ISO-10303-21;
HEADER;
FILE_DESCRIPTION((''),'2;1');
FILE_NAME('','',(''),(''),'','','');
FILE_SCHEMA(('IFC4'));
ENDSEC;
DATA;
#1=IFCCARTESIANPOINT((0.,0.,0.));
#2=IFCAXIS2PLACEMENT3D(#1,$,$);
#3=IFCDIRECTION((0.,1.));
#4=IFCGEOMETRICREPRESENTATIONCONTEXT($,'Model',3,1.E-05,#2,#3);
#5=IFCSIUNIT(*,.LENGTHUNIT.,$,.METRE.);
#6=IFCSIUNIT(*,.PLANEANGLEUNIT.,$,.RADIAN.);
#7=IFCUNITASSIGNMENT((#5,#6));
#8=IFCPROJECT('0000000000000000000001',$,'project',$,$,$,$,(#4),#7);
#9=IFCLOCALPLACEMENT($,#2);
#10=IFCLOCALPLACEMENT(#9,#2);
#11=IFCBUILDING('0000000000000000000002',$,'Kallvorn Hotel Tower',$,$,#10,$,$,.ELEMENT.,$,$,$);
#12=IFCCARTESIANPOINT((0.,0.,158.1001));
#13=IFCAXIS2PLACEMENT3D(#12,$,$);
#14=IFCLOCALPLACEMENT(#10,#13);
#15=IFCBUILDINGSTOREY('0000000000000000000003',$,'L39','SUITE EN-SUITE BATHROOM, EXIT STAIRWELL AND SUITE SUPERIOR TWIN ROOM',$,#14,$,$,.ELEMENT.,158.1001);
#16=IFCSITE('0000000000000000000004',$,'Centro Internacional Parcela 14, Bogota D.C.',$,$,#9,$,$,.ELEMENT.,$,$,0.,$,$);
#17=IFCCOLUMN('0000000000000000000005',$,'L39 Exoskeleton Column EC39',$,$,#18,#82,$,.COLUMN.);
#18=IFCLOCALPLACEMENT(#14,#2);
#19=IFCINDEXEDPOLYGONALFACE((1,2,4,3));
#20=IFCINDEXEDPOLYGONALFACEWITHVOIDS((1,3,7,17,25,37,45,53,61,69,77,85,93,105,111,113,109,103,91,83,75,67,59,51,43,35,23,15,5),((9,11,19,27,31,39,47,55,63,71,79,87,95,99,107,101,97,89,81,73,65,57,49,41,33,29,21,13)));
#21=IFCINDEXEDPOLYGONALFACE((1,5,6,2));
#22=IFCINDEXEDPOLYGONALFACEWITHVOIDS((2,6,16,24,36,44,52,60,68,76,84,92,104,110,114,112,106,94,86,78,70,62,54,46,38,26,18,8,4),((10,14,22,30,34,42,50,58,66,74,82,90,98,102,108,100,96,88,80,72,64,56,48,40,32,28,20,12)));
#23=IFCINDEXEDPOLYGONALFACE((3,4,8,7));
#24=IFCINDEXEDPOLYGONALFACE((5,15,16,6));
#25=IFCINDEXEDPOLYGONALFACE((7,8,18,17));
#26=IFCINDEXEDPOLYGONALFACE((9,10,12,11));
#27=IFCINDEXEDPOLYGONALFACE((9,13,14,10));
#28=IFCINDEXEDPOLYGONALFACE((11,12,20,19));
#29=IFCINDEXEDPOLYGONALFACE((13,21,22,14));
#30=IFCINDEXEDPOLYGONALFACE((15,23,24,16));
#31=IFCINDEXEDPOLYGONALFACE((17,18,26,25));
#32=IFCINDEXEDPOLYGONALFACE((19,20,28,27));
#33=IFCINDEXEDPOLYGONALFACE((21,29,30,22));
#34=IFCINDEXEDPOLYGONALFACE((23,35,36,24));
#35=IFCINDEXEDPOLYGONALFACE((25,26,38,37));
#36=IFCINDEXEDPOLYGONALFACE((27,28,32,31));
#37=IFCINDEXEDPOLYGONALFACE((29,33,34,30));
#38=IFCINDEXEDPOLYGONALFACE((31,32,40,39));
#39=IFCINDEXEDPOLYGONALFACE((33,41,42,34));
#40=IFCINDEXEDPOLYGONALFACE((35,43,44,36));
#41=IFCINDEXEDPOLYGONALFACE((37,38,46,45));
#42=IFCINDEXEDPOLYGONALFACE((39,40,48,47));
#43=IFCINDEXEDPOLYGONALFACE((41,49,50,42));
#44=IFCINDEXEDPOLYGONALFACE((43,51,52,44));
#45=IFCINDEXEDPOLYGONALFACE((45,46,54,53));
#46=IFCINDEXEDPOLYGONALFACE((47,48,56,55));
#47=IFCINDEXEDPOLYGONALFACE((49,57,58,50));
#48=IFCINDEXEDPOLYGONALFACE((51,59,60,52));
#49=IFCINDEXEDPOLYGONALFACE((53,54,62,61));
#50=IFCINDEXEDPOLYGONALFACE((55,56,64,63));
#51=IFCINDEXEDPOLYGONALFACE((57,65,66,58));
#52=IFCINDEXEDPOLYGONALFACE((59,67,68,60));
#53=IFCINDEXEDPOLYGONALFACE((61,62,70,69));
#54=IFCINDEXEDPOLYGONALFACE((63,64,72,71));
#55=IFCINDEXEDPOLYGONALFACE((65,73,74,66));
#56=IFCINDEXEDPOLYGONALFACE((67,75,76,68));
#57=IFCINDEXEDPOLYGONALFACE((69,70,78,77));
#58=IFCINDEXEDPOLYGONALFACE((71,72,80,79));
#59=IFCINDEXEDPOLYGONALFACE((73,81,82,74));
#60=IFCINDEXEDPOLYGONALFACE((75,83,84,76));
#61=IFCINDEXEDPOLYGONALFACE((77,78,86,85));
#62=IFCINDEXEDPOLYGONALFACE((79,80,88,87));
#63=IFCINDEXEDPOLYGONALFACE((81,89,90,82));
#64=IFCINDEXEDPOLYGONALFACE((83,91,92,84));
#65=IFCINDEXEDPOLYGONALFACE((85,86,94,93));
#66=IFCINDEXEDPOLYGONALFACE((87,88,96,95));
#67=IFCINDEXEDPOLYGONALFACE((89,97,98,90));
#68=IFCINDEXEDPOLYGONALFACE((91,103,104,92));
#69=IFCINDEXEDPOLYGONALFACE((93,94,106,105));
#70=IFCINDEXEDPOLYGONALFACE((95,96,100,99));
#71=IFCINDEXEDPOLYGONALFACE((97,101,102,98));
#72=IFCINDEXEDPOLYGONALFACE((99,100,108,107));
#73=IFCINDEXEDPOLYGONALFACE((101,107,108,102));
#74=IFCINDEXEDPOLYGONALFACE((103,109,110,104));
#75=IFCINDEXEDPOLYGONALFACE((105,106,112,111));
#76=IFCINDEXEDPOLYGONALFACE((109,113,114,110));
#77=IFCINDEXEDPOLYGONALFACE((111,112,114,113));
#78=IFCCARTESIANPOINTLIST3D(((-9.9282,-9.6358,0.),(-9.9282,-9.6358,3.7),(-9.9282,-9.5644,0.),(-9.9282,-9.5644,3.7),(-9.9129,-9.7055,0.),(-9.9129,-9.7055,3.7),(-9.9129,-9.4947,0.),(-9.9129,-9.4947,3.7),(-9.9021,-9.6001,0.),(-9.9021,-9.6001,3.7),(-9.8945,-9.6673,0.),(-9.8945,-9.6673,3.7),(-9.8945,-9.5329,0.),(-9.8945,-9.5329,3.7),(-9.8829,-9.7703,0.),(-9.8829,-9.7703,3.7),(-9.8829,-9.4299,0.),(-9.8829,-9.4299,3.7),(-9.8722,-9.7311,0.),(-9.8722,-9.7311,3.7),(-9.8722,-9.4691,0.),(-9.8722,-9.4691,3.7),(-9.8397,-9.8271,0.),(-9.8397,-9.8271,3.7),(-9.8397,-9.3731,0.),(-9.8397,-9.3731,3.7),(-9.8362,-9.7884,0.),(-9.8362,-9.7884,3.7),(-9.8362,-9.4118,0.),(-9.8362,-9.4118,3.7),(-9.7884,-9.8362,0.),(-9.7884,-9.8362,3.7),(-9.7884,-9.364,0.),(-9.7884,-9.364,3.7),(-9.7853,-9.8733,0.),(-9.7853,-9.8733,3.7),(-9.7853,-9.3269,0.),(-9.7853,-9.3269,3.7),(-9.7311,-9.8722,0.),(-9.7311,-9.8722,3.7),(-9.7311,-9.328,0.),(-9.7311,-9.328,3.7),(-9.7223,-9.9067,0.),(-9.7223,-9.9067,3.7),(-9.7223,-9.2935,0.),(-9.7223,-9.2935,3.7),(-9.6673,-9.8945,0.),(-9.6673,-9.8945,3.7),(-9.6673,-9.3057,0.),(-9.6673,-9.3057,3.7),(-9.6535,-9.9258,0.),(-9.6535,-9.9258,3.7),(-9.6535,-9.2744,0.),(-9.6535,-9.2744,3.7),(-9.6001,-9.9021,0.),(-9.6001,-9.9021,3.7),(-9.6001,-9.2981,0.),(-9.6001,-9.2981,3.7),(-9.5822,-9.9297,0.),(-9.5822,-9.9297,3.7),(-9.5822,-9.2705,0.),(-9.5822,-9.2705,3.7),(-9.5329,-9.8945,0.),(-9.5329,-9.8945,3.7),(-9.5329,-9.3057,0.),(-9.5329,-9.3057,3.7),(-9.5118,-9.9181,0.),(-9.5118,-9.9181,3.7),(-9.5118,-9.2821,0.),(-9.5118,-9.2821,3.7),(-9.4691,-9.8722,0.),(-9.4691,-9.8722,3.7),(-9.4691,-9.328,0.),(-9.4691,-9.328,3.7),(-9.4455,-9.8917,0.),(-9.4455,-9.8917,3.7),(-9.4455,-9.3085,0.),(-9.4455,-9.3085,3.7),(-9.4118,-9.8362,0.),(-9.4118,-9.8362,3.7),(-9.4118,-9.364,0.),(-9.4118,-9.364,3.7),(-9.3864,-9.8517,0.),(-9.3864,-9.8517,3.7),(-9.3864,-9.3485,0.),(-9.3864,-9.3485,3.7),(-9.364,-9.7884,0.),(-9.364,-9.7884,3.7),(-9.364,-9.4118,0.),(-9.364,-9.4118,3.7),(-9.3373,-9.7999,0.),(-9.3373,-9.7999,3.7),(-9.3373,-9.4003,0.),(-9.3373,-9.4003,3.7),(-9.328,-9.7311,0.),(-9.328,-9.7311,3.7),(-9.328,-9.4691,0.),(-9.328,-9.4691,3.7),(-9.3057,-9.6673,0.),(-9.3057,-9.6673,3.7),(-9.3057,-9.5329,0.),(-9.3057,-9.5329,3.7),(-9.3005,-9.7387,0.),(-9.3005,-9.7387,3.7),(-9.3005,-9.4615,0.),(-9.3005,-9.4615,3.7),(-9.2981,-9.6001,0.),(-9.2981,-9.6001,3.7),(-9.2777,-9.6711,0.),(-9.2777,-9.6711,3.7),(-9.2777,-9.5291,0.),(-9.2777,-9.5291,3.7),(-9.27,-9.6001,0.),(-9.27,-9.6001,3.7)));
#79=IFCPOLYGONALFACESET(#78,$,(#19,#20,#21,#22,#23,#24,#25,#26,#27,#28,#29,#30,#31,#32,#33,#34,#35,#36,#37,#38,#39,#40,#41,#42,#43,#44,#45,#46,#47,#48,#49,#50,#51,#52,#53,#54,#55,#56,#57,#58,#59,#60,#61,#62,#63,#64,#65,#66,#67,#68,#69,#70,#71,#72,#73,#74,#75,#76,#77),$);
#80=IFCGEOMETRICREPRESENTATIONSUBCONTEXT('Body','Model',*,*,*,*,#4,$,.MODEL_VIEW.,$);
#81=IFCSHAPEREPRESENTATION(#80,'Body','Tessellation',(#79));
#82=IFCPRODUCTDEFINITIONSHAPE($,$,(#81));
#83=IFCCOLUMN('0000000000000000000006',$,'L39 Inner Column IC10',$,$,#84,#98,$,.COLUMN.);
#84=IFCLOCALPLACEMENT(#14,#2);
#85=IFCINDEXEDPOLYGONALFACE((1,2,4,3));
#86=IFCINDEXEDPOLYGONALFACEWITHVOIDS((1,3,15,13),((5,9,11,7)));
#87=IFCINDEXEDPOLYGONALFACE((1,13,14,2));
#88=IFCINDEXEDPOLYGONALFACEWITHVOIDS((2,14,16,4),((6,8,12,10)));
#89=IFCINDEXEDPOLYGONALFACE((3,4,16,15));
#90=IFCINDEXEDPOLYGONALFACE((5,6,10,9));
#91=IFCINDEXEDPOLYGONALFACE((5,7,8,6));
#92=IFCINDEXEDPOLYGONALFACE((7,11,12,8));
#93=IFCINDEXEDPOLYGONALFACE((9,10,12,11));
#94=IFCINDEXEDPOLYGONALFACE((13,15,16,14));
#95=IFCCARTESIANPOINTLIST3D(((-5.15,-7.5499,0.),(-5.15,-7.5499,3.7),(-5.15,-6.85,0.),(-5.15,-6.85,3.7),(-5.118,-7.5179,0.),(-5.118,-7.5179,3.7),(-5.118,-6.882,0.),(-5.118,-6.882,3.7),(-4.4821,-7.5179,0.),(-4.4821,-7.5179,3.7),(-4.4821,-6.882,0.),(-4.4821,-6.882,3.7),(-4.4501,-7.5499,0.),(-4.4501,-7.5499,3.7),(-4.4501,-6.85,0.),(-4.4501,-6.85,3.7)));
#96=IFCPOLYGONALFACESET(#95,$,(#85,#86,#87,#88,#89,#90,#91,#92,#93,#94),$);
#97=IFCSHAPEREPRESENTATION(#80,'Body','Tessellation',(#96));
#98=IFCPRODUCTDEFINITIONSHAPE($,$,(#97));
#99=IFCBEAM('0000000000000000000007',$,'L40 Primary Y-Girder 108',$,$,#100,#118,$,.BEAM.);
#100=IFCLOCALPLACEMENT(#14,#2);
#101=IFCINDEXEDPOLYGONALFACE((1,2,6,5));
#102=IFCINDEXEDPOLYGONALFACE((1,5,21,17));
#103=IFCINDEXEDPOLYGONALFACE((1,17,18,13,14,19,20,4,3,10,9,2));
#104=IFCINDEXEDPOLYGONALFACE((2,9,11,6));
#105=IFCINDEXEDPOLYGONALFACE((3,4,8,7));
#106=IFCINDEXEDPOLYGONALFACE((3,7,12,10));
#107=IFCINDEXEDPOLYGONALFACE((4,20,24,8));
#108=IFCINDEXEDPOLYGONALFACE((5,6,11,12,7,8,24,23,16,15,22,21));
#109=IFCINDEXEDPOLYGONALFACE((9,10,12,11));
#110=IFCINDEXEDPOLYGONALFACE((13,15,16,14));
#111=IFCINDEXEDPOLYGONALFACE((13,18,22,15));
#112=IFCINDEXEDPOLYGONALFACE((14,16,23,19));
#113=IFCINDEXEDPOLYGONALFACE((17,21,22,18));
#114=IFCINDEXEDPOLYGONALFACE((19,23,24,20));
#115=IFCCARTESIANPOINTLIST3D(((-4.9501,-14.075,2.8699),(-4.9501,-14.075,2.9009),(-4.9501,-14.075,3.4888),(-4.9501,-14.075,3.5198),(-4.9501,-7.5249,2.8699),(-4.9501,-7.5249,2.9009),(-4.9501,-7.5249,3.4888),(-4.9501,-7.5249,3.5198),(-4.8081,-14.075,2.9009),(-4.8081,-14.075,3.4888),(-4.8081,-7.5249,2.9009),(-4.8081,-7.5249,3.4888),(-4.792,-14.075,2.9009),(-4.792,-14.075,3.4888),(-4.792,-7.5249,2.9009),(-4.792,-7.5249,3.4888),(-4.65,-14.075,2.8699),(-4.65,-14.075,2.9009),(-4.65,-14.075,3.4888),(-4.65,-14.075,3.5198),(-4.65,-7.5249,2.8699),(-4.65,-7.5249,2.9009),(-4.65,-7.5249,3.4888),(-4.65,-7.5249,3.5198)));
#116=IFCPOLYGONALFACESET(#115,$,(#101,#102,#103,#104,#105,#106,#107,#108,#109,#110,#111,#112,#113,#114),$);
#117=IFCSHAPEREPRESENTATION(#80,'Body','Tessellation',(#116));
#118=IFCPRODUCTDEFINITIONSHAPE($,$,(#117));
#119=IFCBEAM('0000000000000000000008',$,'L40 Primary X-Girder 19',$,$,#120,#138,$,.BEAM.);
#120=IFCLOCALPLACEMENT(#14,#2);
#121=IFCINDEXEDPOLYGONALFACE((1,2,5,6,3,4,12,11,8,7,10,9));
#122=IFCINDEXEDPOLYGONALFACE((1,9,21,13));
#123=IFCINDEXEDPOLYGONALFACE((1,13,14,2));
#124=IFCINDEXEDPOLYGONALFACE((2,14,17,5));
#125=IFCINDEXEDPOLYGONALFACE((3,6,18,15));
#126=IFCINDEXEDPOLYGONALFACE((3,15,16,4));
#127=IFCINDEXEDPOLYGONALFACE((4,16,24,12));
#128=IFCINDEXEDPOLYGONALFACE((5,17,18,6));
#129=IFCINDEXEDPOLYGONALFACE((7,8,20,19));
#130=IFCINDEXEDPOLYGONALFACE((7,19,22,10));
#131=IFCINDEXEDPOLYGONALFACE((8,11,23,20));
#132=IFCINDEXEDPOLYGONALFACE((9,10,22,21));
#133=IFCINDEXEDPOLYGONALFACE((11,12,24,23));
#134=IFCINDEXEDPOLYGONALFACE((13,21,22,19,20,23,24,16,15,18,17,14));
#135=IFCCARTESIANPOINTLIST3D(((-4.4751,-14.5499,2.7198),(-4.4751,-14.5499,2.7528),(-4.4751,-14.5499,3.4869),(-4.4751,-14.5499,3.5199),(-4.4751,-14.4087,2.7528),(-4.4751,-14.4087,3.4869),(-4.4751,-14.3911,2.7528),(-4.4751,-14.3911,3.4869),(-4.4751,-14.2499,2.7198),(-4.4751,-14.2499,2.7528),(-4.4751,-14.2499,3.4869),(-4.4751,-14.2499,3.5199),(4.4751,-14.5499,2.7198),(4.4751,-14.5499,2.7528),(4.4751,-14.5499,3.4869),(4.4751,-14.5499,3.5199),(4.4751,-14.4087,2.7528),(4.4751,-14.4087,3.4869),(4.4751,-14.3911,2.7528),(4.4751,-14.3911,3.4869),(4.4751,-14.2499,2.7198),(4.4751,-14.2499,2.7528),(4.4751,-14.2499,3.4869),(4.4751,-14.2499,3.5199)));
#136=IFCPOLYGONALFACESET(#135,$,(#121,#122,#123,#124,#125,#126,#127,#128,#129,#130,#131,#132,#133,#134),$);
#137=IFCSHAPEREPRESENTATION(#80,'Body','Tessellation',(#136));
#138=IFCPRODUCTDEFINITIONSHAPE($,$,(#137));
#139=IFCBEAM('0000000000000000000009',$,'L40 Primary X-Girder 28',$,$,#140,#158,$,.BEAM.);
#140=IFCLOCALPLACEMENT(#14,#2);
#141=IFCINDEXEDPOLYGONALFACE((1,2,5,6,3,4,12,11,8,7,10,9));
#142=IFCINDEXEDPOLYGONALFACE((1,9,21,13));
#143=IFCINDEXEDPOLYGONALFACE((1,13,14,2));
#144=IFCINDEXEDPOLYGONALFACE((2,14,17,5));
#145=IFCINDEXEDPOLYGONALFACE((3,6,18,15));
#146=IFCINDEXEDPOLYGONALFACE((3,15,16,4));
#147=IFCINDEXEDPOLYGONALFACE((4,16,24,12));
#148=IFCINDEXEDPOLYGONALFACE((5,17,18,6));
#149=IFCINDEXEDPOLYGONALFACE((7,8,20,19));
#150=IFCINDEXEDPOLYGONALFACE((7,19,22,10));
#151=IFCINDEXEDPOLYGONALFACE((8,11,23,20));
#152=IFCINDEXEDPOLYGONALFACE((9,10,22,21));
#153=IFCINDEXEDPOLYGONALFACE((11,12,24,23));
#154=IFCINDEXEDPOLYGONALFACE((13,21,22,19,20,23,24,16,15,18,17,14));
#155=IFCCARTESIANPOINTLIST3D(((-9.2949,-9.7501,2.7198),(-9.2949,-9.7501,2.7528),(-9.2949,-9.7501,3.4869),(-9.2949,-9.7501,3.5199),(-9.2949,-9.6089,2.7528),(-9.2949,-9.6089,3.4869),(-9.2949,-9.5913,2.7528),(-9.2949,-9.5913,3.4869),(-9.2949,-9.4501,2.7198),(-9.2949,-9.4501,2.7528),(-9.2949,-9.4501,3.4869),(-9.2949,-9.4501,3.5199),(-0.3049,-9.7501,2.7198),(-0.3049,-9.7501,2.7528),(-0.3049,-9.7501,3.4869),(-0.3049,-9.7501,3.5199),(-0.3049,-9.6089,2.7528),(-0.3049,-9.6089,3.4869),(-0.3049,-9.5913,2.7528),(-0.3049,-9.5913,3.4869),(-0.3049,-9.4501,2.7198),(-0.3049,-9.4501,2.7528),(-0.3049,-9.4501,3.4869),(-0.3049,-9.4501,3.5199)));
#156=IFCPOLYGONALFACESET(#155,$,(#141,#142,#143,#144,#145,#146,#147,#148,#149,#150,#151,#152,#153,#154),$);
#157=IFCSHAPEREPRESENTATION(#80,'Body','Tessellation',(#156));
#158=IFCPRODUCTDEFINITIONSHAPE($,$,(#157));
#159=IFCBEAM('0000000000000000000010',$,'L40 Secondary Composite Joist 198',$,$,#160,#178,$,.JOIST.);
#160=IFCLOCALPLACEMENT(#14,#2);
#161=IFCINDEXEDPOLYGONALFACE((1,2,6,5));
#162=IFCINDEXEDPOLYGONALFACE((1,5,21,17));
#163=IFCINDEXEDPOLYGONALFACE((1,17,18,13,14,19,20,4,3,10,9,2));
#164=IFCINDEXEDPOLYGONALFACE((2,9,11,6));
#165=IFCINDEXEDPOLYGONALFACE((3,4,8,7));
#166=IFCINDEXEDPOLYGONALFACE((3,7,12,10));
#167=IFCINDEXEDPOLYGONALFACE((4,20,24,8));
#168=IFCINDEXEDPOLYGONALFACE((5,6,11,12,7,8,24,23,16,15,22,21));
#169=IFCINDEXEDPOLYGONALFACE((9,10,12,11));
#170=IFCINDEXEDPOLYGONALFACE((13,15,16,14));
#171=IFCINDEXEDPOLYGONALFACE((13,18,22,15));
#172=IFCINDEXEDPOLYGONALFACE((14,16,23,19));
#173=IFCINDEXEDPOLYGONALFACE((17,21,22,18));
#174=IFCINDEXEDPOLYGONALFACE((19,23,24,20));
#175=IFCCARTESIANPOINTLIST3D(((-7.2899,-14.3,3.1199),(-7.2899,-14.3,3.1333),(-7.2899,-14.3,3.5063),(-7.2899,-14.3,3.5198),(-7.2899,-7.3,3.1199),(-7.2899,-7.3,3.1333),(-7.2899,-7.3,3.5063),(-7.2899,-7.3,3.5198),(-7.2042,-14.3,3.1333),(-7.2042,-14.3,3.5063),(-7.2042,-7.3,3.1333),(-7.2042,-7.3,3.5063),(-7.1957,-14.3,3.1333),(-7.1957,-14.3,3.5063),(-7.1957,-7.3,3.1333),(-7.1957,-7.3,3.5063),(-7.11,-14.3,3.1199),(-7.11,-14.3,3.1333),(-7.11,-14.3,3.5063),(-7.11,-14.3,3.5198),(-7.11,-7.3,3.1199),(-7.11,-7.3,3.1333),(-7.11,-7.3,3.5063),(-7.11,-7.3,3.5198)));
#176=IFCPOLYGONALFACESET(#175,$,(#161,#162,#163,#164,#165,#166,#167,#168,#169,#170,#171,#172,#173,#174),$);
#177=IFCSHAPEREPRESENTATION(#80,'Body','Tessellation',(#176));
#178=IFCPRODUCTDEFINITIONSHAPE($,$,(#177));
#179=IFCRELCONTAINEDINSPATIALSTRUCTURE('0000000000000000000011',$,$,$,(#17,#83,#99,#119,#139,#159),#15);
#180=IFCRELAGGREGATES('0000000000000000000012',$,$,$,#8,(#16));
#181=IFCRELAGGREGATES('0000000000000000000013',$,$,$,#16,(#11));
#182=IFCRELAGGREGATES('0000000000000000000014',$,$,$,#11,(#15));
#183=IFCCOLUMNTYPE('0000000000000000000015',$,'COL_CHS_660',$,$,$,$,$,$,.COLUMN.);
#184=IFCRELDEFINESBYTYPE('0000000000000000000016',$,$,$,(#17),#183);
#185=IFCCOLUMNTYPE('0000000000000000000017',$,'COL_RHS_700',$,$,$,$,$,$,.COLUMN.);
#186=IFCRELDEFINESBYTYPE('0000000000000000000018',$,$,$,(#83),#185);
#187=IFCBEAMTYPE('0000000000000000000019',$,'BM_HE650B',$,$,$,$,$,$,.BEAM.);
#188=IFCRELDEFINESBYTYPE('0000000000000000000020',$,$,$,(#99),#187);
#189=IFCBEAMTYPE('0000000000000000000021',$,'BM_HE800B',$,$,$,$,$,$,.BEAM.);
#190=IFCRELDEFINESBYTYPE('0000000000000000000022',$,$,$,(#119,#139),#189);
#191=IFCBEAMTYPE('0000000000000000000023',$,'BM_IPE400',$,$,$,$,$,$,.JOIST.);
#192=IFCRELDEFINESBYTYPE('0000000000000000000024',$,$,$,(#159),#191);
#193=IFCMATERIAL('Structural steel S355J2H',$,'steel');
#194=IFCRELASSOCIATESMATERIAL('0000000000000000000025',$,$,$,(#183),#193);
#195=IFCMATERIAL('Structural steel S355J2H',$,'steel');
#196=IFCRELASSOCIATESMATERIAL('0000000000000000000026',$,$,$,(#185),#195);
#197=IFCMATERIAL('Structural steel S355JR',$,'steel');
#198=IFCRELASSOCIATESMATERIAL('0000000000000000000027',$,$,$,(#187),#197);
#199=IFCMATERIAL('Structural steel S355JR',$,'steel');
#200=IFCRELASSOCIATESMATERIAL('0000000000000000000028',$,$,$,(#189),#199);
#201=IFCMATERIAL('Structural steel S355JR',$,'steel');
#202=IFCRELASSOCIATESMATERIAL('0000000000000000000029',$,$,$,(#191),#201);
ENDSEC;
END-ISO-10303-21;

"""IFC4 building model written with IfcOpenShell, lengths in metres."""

from ifc_helpers import new_model, si_unit, direction, frame, origin, origin_2d, place, context, subcontext, project, spatial, hollow_rectangle, hollow_circle, i_section, extrude, material, material_profile, profile_set, type_object, element, save


model = new_model("IFC4")

# Units and contexts
model_context = context("Model", 3, precision=1e-05, world=origin(), true_north=direction((0.0, 1.0)))
body_context = subcontext(model_context, "Body", "Model", "MODEL_VIEW")
ifc_project = project(units=[si_unit("LENGTHUNIT", "METRE"), si_unit("PLANEANGLEUNIT", "RADIAN")], contexts=[model_context])

# Site, building, storey
site_placement = place(None, origin())
site = spatial("IfcSite", under=ifc_project, at=site_placement, Name="Centro Internacional Parcela 14, Bogota D.C.", CompositionType="ELEMENT", RefElevation=0.0)
building_placement = place(site_placement, origin())
building = spatial("IfcBuilding", under=site, at=building_placement, Name="Kallvorn Hotel Tower", CompositionType="ELEMENT")
storey_placement = place(building_placement, frame((0.0, 0.0, 158.1001)))
storey = spatial("IfcBuildingStorey", under=building, at=storey_placement, Name="L39", Description="SUITE EN-SUITE BATHROOM, EXIT STAIRWELL AND SUITE SUPERIOR TWIN ROOM", CompositionType="ELEMENT", Elevation=158.1001)

# Columns
ifc_material_1 = material(Name="Structural steel S355J2H", Category="steel")
ifc_material_profile_1 = material_profile(ifc_material_1, hollow_circle(Radius=0.3301, WallThickness=0.0281, at=origin_2d()), Name="CHS 660x28")
ifc_profile_set_1 = profile_set([ifc_material_profile_1], Name="Structural steel S355J2H")
column_type_1 = type_object("IfcColumnType", Name="COL_CHS_660", PredefinedType="COLUMN", material=ifc_profile_set_1)
column_1_placement = place(storey_placement, frame((-9.6001, -9.6001, 0.0), z_axis=(0.0, 0.0, 1.0), x_axis=(1.0, 0.0, 0.0)))
element("IfcColumn", 1, at=column_1_placement, inside=storey, type_object=column_type_1, Name="L39 Exoskeleton Column EC39", PredefinedType="COLUMN", context=body_context, shape_type="SweptSolid", body=[
    extrude(hollow_circle(Radius=0.3301, WallThickness=0.0281, at=origin_2d()), origin(), (0.0, 0.0, 1.0), 3.7),
])
ifc_material_2 = material(Name="Structural steel S355J2H", Category="steel")
ifc_material_profile_2 = material_profile(ifc_material_2, hollow_rectangle(XDim=0.7, YDim=0.7, WallThickness=0.032, at=origin_2d()), Name="RHS 700x700x32")
ifc_profile_set_2 = profile_set([ifc_material_profile_2], Name="Structural steel S355J2H")
column_type_2 = type_object("IfcColumnType", Name="COL_RHS_700", PredefinedType="COLUMN", material=ifc_profile_set_2)
column_2_placement = place(storey_placement, frame((-4.8, -7.2, 0.0), z_axis=(0.0, 0.0, 1.0), x_axis=(1.0, 0.0, 0.0)))
element("IfcColumn", 2, at=column_2_placement, inside=storey, type_object=column_type_2, Name="L39 Inner Column IC10", PredefinedType="COLUMN", context=body_context, shape_type="SweptSolid", body=[
    extrude(hollow_rectangle(XDim=0.7, YDim=0.7, WallThickness=0.032, at=origin_2d()), origin(), (0.0, 0.0, 1.0), 3.7),
])

# Beams
ifc_material_3 = material(Name="Structural steel S355JR", Category="steel")
ifc_material_profile_3 = material_profile(ifc_material_3, i_section(OverallWidth=0.3, OverallDepth=0.6499, WebThickness=0.0161, FlangeThickness=0.031, at=origin_2d()), Name="HE 650 B")
ifc_profile_set_3 = profile_set([ifc_material_profile_3], Name="Structural steel S355JR")
beam_type_1 = type_object("IfcBeamType", Name="BM_HE650B", PredefinedType="BEAM", material=ifc_profile_set_3)
beam_1_placement = place(storey_placement, frame((-4.8, -14.075, 3.1948), z_axis=(0.0, 1.0, 0.0), x_axis=(-1.0, 0.0, 0.0)))
element("IfcBeam", 3, at=beam_1_placement, inside=storey, type_object=beam_type_1, Name="L40 Primary Y-Girder 108", PredefinedType="BEAM", context=body_context, shape_type="SweptSolid", body=[
    extrude(i_section(OverallWidth=0.3, OverallDepth=0.6499, WebThickness=0.0161, FlangeThickness=0.031, at=origin_2d()), origin(), (0.0, 0.0, 1.0), 6.55),
])
ifc_material_4 = material(Name="Structural steel S355JR", Category="steel")
ifc_material_profile_4 = material_profile(ifc_material_4, i_section(OverallWidth=0.3, OverallDepth=0.8, WebThickness=0.0176, FlangeThickness=0.033, at=origin_2d()), Name="HE 800 B")
ifc_profile_set_4 = profile_set([ifc_material_profile_4], Name="Structural steel S355JR")
beam_type_2 = type_object("IfcBeamType", Name="BM_HE800B", PredefinedType="BEAM", material=ifc_profile_set_4)
beam_2_placement = place(storey_placement, frame((-4.4751, -14.3999, 3.1199), z_axis=(1.0, 0.0, 0.0), x_axis=(0.0, 1.0, 0.0)))
element("IfcBeam", 4, at=beam_2_placement, inside=storey, type_object=beam_type_2, Name="L40 Primary X-Girder 19", PredefinedType="BEAM", context=body_context, shape_type="SweptSolid", body=[
    extrude(i_section(OverallWidth=0.3, OverallDepth=0.8, WebThickness=0.0176, FlangeThickness=0.033, at=origin_2d()), origin(), (0.0, 0.0, 1.0), 8.9502),
])
beam_3_placement = place(storey_placement, frame((-9.2949, -9.6001, 3.1199), z_axis=(1.0, 0.0, 0.0), x_axis=(0.0, 1.0, 0.0)))
element("IfcBeam", 5, at=beam_3_placement, inside=storey, type_object=beam_type_2, Name="L40 Primary X-Girder 28", PredefinedType="BEAM", context=body_context, shape_type="SweptSolid", body=[
    extrude(i_section(OverallWidth=0.3, OverallDepth=0.8, WebThickness=0.0176, FlangeThickness=0.033, at=origin_2d()), origin(), (0.0, 0.0, 1.0), 8.99),
])
ifc_material_5 = material(Name="Structural steel S355JR", Category="steel")
ifc_material_profile_5 = material_profile(ifc_material_5, i_section(OverallWidth=0.1799, OverallDepth=0.3999, WebThickness=0.0085, FlangeThickness=0.0134, at=origin_2d()), Name="IPE 400")
ifc_profile_set_5 = profile_set([ifc_material_profile_5], Name="Structural steel S355JR")
beam_type_3 = type_object("IfcBeamType", Name="BM_IPE400", PredefinedType="JOIST", material=ifc_profile_set_5)
beam_4_placement = place(storey_placement, frame((-7.2, -14.3, 3.3198), z_axis=(0.0, 1.0, 0.0), x_axis=(-1.0, 0.0, 0.0)))
element("IfcBeam", 6, at=beam_4_placement, inside=storey, type_object=beam_type_3, Name="L40 Secondary Composite Joist 198", PredefinedType="JOIST", context=body_context, shape_type="SweptSolid", body=[
    extrude(i_section(OverallWidth=0.1799, OverallDepth=0.3999, WebThickness=0.0085, FlangeThickness=0.0134, at=origin_2d()), origin(), (0.0, 0.0, 1.0), 7.0),
])

save(model, "model.ifc")
